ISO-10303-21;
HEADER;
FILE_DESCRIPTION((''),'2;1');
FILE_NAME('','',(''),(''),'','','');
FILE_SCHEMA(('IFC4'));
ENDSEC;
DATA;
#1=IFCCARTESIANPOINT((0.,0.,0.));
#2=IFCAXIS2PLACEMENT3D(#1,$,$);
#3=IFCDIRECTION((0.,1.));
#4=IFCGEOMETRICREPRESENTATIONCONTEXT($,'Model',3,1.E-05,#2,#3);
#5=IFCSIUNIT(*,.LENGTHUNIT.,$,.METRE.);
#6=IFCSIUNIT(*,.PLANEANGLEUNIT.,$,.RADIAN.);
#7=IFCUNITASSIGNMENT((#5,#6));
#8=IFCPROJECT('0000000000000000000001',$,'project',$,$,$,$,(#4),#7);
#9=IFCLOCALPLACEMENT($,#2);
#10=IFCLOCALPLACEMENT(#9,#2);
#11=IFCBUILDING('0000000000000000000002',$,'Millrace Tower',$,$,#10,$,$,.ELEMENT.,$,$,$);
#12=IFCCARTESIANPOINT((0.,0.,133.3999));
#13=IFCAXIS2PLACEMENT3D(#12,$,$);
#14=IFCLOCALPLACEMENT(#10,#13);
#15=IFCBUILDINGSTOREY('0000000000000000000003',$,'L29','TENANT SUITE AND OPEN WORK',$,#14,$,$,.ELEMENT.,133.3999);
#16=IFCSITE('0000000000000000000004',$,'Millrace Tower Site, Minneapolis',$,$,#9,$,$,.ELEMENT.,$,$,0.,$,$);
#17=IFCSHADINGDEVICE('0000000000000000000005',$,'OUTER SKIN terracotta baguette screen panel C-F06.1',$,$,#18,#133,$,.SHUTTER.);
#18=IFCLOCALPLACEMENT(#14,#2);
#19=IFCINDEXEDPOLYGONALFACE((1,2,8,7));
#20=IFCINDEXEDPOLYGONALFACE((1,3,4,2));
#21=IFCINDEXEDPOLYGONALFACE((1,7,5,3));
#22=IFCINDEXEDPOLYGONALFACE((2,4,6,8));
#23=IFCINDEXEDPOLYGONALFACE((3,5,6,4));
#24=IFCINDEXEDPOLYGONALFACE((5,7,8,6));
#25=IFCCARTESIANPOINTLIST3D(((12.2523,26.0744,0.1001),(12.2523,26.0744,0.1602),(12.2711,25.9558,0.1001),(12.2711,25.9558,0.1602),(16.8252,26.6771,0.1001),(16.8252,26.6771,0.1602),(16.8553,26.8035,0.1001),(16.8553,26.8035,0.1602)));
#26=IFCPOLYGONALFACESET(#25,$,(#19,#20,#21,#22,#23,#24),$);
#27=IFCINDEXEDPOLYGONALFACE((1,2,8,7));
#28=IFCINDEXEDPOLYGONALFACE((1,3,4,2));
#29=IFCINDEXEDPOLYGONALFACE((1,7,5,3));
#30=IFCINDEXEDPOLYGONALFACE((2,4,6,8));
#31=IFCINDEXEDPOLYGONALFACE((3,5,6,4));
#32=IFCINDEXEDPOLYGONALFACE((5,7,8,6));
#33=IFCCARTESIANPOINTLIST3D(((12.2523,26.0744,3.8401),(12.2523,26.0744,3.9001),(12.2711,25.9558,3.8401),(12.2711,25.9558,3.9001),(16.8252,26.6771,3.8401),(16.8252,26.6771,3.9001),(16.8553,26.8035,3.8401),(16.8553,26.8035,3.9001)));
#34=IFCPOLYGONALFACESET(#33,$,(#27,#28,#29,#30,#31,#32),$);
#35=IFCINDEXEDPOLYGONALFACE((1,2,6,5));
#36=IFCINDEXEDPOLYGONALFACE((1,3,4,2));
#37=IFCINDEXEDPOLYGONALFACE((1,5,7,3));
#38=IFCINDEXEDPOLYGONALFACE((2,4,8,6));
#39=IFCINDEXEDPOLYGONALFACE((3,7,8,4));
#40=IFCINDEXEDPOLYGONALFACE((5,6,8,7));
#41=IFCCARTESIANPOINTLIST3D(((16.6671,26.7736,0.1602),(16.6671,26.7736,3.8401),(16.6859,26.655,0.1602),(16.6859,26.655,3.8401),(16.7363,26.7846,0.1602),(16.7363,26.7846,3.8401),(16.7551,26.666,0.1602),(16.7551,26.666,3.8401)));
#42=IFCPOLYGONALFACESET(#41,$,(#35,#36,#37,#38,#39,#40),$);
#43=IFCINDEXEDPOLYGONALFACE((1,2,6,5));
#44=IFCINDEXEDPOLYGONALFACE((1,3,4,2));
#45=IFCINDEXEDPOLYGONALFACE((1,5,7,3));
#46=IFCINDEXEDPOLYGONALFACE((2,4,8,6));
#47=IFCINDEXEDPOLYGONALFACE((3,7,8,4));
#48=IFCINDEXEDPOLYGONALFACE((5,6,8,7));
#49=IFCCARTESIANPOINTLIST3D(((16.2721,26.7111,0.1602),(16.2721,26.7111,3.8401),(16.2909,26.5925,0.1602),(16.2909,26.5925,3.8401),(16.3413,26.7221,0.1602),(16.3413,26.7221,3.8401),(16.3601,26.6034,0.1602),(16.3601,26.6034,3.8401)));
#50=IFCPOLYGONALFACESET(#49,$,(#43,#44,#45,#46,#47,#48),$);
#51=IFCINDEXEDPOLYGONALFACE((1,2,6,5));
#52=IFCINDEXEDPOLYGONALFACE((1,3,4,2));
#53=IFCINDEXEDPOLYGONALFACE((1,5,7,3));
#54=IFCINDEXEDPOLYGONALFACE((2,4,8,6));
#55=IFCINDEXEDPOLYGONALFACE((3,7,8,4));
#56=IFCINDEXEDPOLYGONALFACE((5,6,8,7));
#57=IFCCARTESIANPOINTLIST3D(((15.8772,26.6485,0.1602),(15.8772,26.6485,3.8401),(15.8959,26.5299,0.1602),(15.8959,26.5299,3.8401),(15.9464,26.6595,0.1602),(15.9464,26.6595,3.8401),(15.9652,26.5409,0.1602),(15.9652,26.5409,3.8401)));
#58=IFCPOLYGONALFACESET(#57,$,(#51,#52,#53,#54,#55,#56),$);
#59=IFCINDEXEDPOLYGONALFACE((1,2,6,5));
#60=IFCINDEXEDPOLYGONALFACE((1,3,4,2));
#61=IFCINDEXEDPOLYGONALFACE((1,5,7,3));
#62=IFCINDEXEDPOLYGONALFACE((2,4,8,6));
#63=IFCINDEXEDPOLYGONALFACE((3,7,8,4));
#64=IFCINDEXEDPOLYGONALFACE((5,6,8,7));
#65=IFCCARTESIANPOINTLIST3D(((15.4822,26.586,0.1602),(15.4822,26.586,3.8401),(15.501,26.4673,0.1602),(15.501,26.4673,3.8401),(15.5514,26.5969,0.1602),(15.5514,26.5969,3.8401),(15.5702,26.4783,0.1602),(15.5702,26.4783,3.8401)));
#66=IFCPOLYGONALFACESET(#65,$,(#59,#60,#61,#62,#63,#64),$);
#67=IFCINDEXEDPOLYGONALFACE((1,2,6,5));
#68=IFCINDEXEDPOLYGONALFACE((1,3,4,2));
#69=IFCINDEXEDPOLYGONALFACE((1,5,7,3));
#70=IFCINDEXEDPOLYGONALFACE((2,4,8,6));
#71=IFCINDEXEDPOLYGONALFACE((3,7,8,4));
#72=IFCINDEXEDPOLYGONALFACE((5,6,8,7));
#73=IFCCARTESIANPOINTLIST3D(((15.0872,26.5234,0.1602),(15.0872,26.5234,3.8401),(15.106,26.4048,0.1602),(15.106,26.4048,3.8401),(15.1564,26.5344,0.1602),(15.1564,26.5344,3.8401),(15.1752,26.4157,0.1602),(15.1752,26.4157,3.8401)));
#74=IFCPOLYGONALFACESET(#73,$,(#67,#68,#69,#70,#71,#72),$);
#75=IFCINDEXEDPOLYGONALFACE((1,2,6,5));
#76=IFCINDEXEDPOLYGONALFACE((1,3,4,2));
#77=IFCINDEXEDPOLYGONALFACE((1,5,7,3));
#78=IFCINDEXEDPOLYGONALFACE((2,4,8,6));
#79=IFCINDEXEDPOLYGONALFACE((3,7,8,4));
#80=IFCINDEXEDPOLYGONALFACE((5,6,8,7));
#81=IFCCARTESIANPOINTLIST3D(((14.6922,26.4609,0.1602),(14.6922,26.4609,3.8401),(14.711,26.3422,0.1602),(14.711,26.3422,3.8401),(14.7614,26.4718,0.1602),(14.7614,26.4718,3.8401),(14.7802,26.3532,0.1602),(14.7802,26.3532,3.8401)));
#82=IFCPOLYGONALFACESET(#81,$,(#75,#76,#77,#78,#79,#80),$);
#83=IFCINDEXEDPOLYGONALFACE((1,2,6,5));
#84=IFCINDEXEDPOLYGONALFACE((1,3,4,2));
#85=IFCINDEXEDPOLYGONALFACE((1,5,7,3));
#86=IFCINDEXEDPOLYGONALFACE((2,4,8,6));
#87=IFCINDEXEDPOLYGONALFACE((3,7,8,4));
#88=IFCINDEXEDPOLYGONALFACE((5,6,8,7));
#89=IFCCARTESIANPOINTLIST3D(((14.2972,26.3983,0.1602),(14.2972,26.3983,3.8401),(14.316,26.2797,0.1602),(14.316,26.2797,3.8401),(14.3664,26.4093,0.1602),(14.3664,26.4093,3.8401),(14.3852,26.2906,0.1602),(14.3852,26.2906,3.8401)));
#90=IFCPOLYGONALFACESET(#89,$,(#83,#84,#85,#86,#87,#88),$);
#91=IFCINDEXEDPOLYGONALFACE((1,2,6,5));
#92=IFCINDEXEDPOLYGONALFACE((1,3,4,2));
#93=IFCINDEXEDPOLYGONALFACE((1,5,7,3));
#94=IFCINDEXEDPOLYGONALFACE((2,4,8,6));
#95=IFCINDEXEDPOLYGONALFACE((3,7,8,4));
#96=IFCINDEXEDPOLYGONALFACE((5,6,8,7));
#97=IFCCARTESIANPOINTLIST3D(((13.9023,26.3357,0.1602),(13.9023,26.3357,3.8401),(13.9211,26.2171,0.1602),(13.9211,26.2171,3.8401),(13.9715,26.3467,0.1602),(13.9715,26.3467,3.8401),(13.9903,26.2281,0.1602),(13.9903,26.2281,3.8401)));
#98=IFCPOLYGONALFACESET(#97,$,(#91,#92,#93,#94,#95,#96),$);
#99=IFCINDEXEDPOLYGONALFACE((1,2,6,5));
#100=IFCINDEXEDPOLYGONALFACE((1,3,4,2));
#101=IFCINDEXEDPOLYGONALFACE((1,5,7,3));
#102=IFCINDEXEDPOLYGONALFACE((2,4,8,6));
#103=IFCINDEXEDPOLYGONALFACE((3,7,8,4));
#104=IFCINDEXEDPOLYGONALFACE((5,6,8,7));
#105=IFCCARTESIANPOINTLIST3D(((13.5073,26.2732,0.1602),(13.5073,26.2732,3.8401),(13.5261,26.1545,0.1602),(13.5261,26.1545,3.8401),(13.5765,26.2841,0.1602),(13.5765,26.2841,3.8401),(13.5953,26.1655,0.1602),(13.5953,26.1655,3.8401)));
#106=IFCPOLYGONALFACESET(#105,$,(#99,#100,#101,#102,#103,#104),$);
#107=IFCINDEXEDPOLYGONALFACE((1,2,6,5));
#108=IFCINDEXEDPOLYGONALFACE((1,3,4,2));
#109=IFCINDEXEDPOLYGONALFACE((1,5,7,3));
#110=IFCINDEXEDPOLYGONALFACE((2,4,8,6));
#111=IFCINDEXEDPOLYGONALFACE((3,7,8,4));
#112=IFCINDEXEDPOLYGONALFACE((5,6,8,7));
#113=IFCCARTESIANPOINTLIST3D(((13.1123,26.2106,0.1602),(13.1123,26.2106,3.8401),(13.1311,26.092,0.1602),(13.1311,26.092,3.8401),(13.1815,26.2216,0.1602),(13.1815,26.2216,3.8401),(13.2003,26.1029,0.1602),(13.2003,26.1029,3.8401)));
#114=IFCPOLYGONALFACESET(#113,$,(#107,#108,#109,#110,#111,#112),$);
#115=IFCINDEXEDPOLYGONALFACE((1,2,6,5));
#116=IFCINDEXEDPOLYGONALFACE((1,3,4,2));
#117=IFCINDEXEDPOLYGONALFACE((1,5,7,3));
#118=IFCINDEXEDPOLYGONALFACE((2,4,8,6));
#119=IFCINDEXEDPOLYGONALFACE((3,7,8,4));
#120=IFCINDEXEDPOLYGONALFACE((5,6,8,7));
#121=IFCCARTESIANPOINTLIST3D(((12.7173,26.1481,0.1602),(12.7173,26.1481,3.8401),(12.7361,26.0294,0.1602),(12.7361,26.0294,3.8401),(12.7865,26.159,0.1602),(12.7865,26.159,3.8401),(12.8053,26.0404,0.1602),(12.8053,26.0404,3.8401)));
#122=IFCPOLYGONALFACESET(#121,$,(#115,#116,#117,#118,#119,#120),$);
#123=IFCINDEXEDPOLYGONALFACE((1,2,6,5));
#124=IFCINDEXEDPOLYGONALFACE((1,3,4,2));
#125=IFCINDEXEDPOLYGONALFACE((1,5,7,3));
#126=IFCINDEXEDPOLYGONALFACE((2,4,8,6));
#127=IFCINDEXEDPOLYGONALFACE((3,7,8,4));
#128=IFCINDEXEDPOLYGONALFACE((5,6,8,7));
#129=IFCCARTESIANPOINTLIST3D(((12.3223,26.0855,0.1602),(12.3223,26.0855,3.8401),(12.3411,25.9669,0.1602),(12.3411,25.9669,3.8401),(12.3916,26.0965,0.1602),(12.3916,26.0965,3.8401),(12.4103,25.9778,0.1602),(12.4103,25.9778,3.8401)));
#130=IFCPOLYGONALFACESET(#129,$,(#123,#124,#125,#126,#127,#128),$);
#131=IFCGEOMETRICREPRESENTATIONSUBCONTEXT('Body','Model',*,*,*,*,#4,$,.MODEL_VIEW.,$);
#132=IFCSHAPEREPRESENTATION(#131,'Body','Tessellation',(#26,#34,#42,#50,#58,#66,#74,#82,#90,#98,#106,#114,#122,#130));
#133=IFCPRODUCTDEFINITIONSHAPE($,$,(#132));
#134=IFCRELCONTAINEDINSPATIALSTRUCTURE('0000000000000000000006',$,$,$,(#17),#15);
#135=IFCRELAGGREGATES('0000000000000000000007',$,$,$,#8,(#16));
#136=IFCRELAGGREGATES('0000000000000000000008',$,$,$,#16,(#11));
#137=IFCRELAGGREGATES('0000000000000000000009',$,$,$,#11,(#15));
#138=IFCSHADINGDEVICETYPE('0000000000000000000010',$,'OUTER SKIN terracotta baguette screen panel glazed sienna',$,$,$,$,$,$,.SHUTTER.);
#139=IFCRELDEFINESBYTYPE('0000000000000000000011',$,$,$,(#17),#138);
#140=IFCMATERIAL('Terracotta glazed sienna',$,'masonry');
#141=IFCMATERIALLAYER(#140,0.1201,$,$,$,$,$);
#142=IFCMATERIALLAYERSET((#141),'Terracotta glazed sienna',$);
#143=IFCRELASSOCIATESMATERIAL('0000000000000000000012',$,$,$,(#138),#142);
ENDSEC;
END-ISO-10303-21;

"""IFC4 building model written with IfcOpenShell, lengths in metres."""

from ifc_helpers import new_model, entity, si_unit, direction, frame, frame_2d, origin, place, context, subcontext, project, spatial, rectangle, extrude, source, transform, mapped, material, layer, layer_set, type_object, element, save


model = new_model("IFC4")

# Units and contexts
model_context = context("Model", 3, precision=1e-05, world=origin(), true_north=direction((0.0, 1.0)))
body_context = subcontext(model_context, "Body", "Model", "MODEL_VIEW")
ifc_project = project(units=[si_unit("LENGTHUNIT", "METRE"), si_unit("PLANEANGLEUNIT", "RADIAN")], contexts=[model_context])

# Site, building, storey
site_placement = place(None, origin())
site = spatial("IfcSite", under=ifc_project, at=site_placement, Name="Millrace Tower Site, Minneapolis", CompositionType="ELEMENT", RefElevation=0.0)
building_placement = place(site_placement, origin())
building = spatial("IfcBuilding", under=site, at=building_placement, Name="Millrace Tower", CompositionType="ELEMENT")
storey_placement = place(building_placement, frame((0.0, 0.0, 133.3999)))
storey = spatial("IfcBuildingStorey", under=building, at=storey_placement, Name="L29", Description="TENANT SUITE AND OPEN WORK", CompositionType="ELEMENT", Elevation=133.3999)

# Shading device
ifc_material_1 = material(Name="Terracotta glazed sienna", Category="masonry")
ifc_layer_1 = layer(ifc_material_1, 0.1201)
ifc_layer_set_1 = layer_set([ifc_layer_1], Name="Terracotta glazed sienna")
shading_device_type = type_object("IfcShadingDeviceType", Name="OUTER SKIN terracotta baguette screen panel glazed sienna", PredefinedType="SHUTTER", material=ifc_layer_set_1)
cartesian_point_1 = entity("IfcCartesianPoint", [-2.293, 0.0601])
shared_polyline_1 = entity("IfcPolyline", [cartesian_point_1, entity("IfcCartesianPoint", [2.3179, 0.0601]), entity("IfcCartesianPoint", [2.3179, -0.0601]), entity("IfcCartesianPoint", [-2.3425, -0.0601]), cartesian_point_1])
shared_shape_1 = source(origin(), body_context, "Body", "SweptSolid", [
    entity("IfcExtrudedAreaSolid", entity("IfcArbitraryClosedProfileDef", "AREA", None, shared_polyline_1), entity("IfcAxis2Placement3D", entity("IfcCartesianPoint", [0.0, 0.0, 0.0])), entity("IfcDirection", [0.0, 0.0, 1.0]), 0.0601),
    entity("IfcExtrudedAreaSolid", entity("IfcArbitraryClosedProfileDef", "AREA", None, shared_polyline_1), entity("IfcAxis2Placement3D", entity("IfcCartesianPoint", [0.0, 0.0, 3.74])), entity("IfcDirection", [0.0, 0.0, 1.0]), 0.0601),
    extrude(rectangle(XDim=0.0701, YDim=0.1201, at=frame_2d((-2.187, 0.0))), frame((0.0, 0.0, 0.0601)), (0.0, 0.0, 1.0), 3.6799),
    extrude(rectangle(XDim=0.0701, YDim=0.1201, at=frame_2d((-1.7871, 0.0))), frame((0.0, 0.0, 0.0601)), (0.0, 0.0, 1.0), 3.6799),
    extrude(rectangle(XDim=0.0701, YDim=0.1201, at=frame_2d((-1.3872, 0.0))), frame((0.0, 0.0, 0.0601)), (0.0, 0.0, 1.0), 3.6799),
    extrude(rectangle(XDim=0.0701, YDim=0.1201, at=frame_2d((-0.9873, 0.0))), frame((0.0, 0.0, 0.0601)), (0.0, 0.0, 1.0), 3.6799),
    extrude(rectangle(XDim=0.0701, YDim=0.1201, at=frame_2d((-0.5874, 0.0))), frame((0.0, 0.0, 0.0601)), (0.0, 0.0, 1.0), 3.6799),
    extrude(rectangle(XDim=0.0701, YDim=0.1201, at=frame_2d((-0.1875, 0.0))), frame((0.0, 0.0, 0.0601)), (0.0, 0.0, 1.0), 3.6799),
    extrude(rectangle(XDim=0.0701, YDim=0.1201, at=frame_2d((0.2124, 0.0))), frame((0.0, 0.0, 0.0601)), (0.0, 0.0, 1.0), 3.6799),
    extrude(rectangle(XDim=0.0701, YDim=0.1201, at=frame_2d((0.6123, 0.0))), frame((0.0, 0.0, 0.0601)), (0.0, 0.0, 1.0), 3.6799),
    extrude(rectangle(XDim=0.0701, YDim=0.1201, at=frame_2d((1.0122, 0.0))), frame((0.0, 0.0, 0.0601)), (0.0, 0.0, 1.0), 3.6799),
    extrude(rectangle(XDim=0.0701, YDim=0.1201, at=frame_2d((1.4121, 0.0))), frame((0.0, 0.0, 0.0601)), (0.0, 0.0, 1.0), 3.6799),
    extrude(rectangle(XDim=0.0701, YDim=0.1201, at=frame_2d((1.812, 0.0))), frame((0.0, 0.0, 0.0601)), (0.0, 0.0, 1.0), 3.6799),
    extrude(rectangle(XDim=0.0701, YDim=0.1201, at=frame_2d((2.2119, 0.0))), frame((0.0, 0.0, 0.0601)), (0.0, 0.0, 1.0), 3.6799),
])
shading_device_placement = place(storey_placement, frame((14.551, 26.3777, 0.1001), z_axis=(0.0, 0.0, 1.0), x_axis=(-0.987688, -0.156434, 0.0)))
element("IfcShadingDevice", 1, at=shading_device_placement, inside=storey, type_object=shading_device_type, Name="OUTER SKIN terracotta baguette screen panel C-F06.1", PredefinedType="SHUTTER", context=body_context, shape_type="MappedRepresentation", body=[
    mapped(shared_shape_1, transform((0.0, 0.0, 0.0), scale=1.0)),
])

save(model, "model.ifc")
